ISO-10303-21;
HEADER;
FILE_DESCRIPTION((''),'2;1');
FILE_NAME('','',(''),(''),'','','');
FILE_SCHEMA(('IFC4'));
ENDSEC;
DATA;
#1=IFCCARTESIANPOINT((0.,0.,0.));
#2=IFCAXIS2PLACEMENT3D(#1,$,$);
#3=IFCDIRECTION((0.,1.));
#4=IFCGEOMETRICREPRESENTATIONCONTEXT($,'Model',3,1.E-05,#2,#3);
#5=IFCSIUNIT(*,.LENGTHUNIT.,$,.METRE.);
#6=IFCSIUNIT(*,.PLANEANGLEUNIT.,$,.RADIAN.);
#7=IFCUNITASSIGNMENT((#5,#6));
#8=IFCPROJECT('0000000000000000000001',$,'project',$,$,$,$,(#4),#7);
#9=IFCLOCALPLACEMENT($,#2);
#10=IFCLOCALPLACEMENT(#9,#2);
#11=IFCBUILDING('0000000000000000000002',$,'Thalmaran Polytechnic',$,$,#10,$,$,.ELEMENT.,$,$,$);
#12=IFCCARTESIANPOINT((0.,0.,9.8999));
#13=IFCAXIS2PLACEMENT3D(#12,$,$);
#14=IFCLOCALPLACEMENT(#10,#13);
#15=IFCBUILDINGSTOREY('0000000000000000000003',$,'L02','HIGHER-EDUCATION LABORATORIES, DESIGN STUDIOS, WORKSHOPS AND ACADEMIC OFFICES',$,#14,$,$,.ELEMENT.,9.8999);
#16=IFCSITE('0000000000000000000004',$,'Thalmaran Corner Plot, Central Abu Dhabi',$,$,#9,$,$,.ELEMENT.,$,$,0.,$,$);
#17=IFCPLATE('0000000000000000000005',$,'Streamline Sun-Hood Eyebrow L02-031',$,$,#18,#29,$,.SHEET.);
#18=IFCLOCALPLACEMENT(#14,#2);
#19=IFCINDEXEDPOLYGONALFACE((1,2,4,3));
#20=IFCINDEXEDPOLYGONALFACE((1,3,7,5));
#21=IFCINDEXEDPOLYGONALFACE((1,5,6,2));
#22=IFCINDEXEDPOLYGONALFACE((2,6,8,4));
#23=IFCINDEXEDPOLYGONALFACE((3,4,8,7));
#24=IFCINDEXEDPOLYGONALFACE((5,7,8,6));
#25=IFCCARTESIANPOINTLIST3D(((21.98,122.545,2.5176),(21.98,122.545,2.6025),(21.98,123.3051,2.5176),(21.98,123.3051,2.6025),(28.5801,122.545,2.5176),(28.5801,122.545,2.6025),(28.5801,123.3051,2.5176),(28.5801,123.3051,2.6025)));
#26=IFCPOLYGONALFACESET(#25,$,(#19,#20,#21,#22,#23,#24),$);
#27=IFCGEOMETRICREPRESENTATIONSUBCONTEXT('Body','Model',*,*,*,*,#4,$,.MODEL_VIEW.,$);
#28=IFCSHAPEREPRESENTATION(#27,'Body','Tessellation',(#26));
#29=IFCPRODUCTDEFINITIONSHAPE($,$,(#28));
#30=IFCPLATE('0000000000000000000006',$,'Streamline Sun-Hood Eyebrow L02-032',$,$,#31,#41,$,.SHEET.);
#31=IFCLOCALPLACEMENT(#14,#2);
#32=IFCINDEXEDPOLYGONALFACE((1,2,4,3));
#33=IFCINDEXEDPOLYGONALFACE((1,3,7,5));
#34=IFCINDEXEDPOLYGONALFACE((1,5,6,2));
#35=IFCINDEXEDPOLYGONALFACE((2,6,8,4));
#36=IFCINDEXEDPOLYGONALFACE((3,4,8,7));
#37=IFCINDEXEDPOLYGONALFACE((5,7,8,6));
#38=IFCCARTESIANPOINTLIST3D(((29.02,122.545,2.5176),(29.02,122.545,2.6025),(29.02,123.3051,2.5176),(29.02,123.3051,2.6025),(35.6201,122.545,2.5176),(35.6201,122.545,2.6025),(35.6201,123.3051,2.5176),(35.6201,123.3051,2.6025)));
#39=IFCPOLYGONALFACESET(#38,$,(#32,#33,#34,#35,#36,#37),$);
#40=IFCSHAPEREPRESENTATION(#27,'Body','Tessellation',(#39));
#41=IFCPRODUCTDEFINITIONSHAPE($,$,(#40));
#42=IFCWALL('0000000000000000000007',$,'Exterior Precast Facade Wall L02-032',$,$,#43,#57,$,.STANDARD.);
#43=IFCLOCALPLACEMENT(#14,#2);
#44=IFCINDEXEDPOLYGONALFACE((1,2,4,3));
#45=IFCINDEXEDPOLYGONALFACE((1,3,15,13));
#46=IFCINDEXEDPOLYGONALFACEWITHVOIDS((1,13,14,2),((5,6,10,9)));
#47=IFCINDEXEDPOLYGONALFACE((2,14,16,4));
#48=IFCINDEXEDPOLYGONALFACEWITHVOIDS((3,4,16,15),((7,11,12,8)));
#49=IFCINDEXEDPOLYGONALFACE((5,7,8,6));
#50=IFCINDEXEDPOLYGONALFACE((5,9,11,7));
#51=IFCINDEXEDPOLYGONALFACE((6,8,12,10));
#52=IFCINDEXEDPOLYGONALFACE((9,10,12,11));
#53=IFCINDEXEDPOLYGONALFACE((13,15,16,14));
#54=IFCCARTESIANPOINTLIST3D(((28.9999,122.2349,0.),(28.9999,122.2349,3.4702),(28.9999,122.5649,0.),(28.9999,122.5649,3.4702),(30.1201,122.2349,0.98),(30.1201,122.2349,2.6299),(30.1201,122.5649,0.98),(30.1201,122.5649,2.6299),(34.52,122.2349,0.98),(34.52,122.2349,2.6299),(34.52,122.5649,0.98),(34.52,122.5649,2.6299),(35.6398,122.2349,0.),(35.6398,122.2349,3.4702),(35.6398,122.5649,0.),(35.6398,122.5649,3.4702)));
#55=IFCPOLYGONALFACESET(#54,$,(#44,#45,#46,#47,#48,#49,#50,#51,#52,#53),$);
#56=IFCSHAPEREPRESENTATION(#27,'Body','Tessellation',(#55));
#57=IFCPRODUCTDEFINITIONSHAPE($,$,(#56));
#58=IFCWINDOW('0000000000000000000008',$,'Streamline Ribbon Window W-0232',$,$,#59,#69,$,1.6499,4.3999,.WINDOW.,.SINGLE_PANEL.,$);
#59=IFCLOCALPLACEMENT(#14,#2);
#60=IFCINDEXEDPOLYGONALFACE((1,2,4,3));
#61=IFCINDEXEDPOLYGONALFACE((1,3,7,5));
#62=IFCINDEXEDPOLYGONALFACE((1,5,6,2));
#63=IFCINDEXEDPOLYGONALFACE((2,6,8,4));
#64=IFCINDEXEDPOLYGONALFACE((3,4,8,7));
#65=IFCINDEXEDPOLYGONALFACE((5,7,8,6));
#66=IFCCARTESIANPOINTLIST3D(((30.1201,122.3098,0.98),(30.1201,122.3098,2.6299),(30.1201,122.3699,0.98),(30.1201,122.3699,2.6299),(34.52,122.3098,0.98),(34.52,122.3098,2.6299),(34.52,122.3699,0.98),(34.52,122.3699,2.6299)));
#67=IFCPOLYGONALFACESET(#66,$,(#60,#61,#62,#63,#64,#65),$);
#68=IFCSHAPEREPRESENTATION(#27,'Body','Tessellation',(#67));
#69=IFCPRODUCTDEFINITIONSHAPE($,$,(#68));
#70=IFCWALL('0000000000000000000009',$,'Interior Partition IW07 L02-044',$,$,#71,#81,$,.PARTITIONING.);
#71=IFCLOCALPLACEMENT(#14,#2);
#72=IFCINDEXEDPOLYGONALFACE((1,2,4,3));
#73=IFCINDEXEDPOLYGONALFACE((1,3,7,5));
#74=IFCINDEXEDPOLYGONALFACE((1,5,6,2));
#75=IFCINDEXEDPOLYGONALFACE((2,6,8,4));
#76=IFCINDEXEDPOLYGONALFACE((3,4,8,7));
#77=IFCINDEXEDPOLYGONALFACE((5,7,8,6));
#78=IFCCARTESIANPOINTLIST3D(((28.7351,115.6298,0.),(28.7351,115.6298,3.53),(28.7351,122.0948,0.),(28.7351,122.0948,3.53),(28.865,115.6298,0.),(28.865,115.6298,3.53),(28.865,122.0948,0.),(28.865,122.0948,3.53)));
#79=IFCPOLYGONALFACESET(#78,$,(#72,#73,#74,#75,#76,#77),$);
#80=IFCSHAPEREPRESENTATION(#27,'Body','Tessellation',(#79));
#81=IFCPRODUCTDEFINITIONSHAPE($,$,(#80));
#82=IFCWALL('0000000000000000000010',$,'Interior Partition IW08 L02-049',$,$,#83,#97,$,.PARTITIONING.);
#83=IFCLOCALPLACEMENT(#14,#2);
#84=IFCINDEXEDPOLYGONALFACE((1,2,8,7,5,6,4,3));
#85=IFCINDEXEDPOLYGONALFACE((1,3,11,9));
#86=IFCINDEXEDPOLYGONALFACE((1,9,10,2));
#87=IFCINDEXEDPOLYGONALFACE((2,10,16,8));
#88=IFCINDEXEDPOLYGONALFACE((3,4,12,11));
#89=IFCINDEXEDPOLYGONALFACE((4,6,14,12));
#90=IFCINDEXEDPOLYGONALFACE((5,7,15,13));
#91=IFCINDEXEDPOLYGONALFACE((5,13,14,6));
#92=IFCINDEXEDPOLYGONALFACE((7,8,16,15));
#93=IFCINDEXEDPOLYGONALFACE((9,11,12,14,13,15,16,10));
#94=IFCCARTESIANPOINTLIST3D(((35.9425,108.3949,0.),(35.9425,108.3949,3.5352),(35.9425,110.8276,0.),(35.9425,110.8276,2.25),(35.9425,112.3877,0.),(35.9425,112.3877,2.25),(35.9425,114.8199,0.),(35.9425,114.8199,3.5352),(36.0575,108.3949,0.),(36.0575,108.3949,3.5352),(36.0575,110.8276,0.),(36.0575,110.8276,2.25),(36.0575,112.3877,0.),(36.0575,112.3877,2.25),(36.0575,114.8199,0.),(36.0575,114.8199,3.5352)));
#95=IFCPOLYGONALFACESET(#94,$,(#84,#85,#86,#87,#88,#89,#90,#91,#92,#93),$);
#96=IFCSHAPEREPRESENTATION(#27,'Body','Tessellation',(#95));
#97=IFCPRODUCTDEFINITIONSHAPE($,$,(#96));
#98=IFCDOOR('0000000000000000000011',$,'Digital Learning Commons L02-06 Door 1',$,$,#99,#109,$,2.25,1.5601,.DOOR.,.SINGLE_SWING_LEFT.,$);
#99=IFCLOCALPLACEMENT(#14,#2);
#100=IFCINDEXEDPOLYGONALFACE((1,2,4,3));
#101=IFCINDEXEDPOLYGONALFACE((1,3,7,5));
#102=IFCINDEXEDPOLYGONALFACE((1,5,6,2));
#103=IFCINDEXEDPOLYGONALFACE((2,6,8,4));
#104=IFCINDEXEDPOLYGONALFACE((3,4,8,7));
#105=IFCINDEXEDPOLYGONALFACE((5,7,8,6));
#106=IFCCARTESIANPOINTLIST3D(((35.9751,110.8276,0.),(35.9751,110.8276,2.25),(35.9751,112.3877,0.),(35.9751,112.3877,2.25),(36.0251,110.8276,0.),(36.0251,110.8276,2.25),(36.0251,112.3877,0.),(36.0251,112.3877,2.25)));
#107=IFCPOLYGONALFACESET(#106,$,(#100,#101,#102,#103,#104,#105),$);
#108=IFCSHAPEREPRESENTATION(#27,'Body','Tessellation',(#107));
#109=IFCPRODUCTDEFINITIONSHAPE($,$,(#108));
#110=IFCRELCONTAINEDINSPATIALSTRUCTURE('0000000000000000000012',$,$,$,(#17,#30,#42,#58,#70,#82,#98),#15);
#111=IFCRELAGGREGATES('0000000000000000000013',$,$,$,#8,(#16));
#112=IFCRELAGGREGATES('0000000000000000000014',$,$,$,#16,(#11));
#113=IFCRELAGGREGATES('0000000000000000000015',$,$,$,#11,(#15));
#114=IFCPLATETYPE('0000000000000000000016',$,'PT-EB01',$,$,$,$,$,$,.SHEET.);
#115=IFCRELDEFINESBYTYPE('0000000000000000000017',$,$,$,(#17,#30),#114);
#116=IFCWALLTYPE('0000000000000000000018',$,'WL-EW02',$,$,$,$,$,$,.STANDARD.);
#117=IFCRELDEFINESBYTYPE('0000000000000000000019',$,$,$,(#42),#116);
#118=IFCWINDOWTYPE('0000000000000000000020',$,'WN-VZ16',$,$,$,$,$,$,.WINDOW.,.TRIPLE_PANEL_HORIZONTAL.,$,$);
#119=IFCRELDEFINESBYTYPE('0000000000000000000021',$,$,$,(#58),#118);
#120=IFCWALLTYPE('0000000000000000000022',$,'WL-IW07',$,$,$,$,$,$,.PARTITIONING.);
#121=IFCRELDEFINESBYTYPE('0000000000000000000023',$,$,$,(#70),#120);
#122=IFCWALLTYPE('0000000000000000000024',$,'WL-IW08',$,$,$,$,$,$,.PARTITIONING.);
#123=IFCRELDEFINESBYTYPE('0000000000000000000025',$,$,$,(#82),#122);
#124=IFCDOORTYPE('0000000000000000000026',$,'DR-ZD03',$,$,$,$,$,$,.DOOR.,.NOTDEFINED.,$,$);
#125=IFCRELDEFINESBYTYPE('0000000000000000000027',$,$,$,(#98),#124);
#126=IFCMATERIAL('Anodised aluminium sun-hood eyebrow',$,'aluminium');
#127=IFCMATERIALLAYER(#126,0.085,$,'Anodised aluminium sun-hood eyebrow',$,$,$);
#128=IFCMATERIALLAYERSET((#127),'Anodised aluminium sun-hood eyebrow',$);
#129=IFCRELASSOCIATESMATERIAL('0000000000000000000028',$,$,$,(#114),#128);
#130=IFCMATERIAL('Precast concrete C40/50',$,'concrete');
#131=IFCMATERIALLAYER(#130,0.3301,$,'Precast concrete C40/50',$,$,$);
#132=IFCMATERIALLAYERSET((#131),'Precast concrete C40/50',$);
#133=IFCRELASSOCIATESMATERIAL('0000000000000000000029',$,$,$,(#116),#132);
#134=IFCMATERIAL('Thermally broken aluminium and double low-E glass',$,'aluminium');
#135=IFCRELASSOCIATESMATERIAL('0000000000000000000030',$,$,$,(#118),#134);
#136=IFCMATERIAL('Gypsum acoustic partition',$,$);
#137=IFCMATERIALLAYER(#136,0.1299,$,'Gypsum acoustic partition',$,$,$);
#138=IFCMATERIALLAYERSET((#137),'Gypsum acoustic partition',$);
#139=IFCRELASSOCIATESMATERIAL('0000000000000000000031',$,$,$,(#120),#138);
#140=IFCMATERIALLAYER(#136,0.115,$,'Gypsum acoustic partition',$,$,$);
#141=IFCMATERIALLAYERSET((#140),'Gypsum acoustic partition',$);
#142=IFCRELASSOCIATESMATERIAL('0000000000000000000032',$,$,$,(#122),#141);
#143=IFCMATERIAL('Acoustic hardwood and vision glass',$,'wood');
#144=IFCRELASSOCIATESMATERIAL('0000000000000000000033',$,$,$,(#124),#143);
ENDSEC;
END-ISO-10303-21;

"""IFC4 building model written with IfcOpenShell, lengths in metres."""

from ifc_helpers import new_model, si_unit, direction, frame, frame_2d, origin, origin_2d, place, context, subcontext, project, spatial, rectangle, extrude, material, layer, layer_set, type_object, element, fill, save


model = new_model("IFC4")

# Units and contexts
model_context = context("Model", 3, precision=1e-05, world=origin(), true_north=direction((0.0, 1.0)))
body_context = subcontext(model_context, "Body", "Model", "MODEL_VIEW")
ifc_project = project(units=[si_unit("LENGTHUNIT", "METRE"), si_unit("PLANEANGLEUNIT", "RADIAN")], contexts=[model_context])

# Site, building, storey
site_placement = place(None, origin())
site = spatial("IfcSite", under=ifc_project, at=site_placement, Name="Thalmaran Corner Plot, Central Abu Dhabi", CompositionType="ELEMENT", RefElevation=0.0)
building_placement = place(site_placement, origin())
building = spatial("IfcBuilding", under=site, at=building_placement, Name="Thalmaran Polytechnic", CompositionType="ELEMENT")
storey_placement = place(building_placement, frame((0.0, 0.0, 9.8999)))
storey = spatial("IfcBuildingStorey", under=building, at=storey_placement, Name="L02", Description="HIGHER-EDUCATION LABORATORIES, DESIGN STUDIOS, WORKSHOPS AND ACADEMIC OFFICES", CompositionType="ELEMENT", Elevation=9.8999)

# Plates
ifc_material_1 = material(Name="Anodised aluminium sun-hood eyebrow", Category="aluminium")
ifc_layer_1 = layer(ifc_material_1, 0.085, Name="Anodised aluminium sun-hood eyebrow")
ifc_layer_set_1 = layer_set([ifc_layer_1], Name="Anodised aluminium sun-hood eyebrow")
plate_type_1 = type_object("IfcPlateType", Name="PT-EB01", PredefinedType="SHEET", material=ifc_layer_set_1)
for number, where, z_axis, x_axis, name in (
    (1, (25.28, 122.925, 2.5176), (0.0, 0.0, 1.0), (1.0, 0.0, 0.0), "Streamline Sun-Hood Eyebrow L02-031"),
    (2, (32.3201, 122.925, 2.5176), (0.0, 0.0, 1.0), (1.0, 0.0, 0.0), "Streamline Sun-Hood Eyebrow L02-032"),
):
    element("IfcPlate", number, at=place(storey_placement, frame(where, z_axis=z_axis, x_axis=x_axis)), inside=storey, type_object=plate_type_1, Name=name, PredefinedType="SHEET", context=body_context, shape_type="SweptSolid", body=[
        extrude(rectangle(XDim=6.6001, YDim=0.76, at=origin_2d()), origin(), (0.0, 0.0, 1.0), 0.085),
    ])

# Wall, opening, window
ifc_material_2 = material(Name="Precast concrete C40/50", Category="concrete")
ifc_layer_2 = layer(ifc_material_2, 0.3301, Name="Precast concrete C40/50")
ifc_layer_set_2 = layer_set([ifc_layer_2], Name="Precast concrete C40/50")
wall_type_1 = type_object("IfcWallType", Name="WL-EW02", PredefinedType="STANDARD", material=ifc_layer_set_2)
wall_1_placement = place(storey_placement, frame((29.0, 122.3999, 0.0), z_axis=(0.0, 0.0, 1.0), x_axis=(1.0, 0.0, 0.0)))
wall_1 = element("IfcWall", 3, at=wall_1_placement, inside=storey, type_object=wall_type_1, Name="Exterior Precast Facade Wall L02-032", PredefinedType="STANDARD", context=body_context, shape_type="SweptSolid", body=[
    extrude(rectangle(XDim=6.6399, YDim=0.3301, at=frame_2d((3.3198, 0.0))), origin(), (0.0, 0.0, 1.0), 3.4702),
])
opening_1_placement = place(wall_1_placement, frame((1.1201, 0.0, 0.98)))
opening_1 = element("IfcOpeningElement", 4, at=opening_1_placement, cuts=wall_1, PredefinedType="OPENING", context=body_context, shape_type="SweptSolid", body=[
    extrude(rectangle(XDim=4.3999, YDim=1.6499, at=frame_2d((2.2, 0.825))), frame((0.0, 0.175, 0.0), z_axis=(0.0, -1.0, 0.0), x_axis=(1.0, 0.0, 0.0)), (0.0, 0.0, 1.0), 0.3501),
])
ifc_material_3 = material(Name="Thermally broken aluminium and double low-E glass", Category="aluminium")
window_type = type_object("IfcWindowType", Name="WN-VZ16", PartitioningType="TRIPLE_PANEL_HORIZONTAL", PredefinedType="WINDOW", material=ifc_material_3)
window_placement = place(opening_1_placement, origin())
window = element("IfcWindow", 5, at=window_placement, inside=storey, type_object=window_type, Name="Streamline Ribbon Window W-0232", OverallHeight=1.6499, OverallWidth=4.3999, PartitioningType="SINGLE_PANEL", PredefinedType="WINDOW", context=body_context, shape_type="SweptSolid", body=[
    extrude(rectangle(XDim=4.3999, YDim=1.6499, at=frame_2d((2.2, 0.825))), frame((0.0, -0.03, 0.0), z_axis=(0.0, -1.0, 0.0), x_axis=(1.0, 0.0, 0.0)), (0.0, 0.0, 1.0), 0.0601),
])
fill(opening_1, window)

# Wall
ifc_material_4 = material(Name="Gypsum acoustic partition")
ifc_layer_3 = layer(ifc_material_4, 0.1299, Name="Gypsum acoustic partition")
ifc_layer_set_3 = layer_set([ifc_layer_3], Name="Gypsum acoustic partition")
wall_type_2 = type_object("IfcWallType", Name="WL-IW07", PredefinedType="PARTITIONING", material=ifc_layer_set_3)
wall_2_placement = place(storey_placement, frame((28.8, 115.6299, 0.0), z_axis=(0.0, 0.0, 1.0), x_axis=(0.0, 1.0, 0.0)))
element("IfcWall", 6, at=wall_2_placement, inside=storey, type_object=wall_type_2, Name="Interior Partition IW07 L02-044", PredefinedType="PARTITIONING", context=body_context, shape_type="SweptSolid", body=[
    extrude(rectangle(XDim=6.4651, YDim=0.1299, at=frame_2d((3.2324, 0.0))), origin(), (0.0, 0.0, 1.0), 3.53),
])

# Wall, opening, door
ifc_layer_4 = layer(ifc_material_4, 0.115, Name="Gypsum acoustic partition")
ifc_layer_set_4 = layer_set([ifc_layer_4], Name="Gypsum acoustic partition")
wall_type_3 = type_object("IfcWallType", Name="WL-IW08", PredefinedType="PARTITIONING", material=ifc_layer_set_4)
wall_3_placement = place(storey_placement, frame((36.0, 108.395, 0.0), z_axis=(0.0, 0.0, 1.0), x_axis=(0.0, 1.0, 0.0)))
wall_3 = element("IfcWall", 7, at=wall_3_placement, inside=storey, type_object=wall_type_3, Name="Interior Partition IW08 L02-049", PredefinedType="PARTITIONING", context=body_context, shape_type="SweptSolid", body=[
    extrude(rectangle(XDim=6.425, YDim=0.115, at=frame_2d((3.2124, 0.0))), origin(), (0.0, 0.0, 1.0), 3.5352),
])
opening_2_placement = place(wall_3_placement, frame((2.4326, 0.0, 0.0)))
opening_2 = element("IfcOpeningElement", 8, at=opening_2_placement, cuts=wall_3, PredefinedType="OPENING", context=body_context, shape_type="SweptSolid", body=[
    extrude(rectangle(XDim=1.5601, YDim=2.25, at=frame_2d((0.78, 1.125))), frame((0.0, 0.0674, 0.0), z_axis=(0.0, -1.0, 0.0), x_axis=(1.0, 0.0, 0.0)), (0.0, 0.0, 1.0), 0.135),
])
ifc_material_5 = material(Name="Acoustic hardwood and vision glass", Category="wood")
door_type = type_object("IfcDoorType", Name="DR-ZD03", OperationType="NOTDEFINED", PredefinedType="DOOR", material=ifc_material_5)
door_placement = place(opening_2_placement, origin())
door = element("IfcDoor", 9, at=door_placement, inside=storey, type_object=door_type, Name="Digital Learning Commons L02-06 Door 1", OperationType="SINGLE_SWING_LEFT", OverallHeight=2.25, OverallWidth=1.5601, PredefinedType="DOOR", context=body_context, shape_type="SweptSolid", body=[
    extrude(rectangle(XDim=1.5601, YDim=2.25, at=frame_2d((0.78, 1.125))), frame((0.0, 0.0249, 0.0), z_axis=(0.0, -1.0, 0.0), x_axis=(1.0, 0.0, 0.0)), (0.0, 0.0, 1.0), 0.05),
])
fill(opening_2, door)

save(model, "model.ifc")
